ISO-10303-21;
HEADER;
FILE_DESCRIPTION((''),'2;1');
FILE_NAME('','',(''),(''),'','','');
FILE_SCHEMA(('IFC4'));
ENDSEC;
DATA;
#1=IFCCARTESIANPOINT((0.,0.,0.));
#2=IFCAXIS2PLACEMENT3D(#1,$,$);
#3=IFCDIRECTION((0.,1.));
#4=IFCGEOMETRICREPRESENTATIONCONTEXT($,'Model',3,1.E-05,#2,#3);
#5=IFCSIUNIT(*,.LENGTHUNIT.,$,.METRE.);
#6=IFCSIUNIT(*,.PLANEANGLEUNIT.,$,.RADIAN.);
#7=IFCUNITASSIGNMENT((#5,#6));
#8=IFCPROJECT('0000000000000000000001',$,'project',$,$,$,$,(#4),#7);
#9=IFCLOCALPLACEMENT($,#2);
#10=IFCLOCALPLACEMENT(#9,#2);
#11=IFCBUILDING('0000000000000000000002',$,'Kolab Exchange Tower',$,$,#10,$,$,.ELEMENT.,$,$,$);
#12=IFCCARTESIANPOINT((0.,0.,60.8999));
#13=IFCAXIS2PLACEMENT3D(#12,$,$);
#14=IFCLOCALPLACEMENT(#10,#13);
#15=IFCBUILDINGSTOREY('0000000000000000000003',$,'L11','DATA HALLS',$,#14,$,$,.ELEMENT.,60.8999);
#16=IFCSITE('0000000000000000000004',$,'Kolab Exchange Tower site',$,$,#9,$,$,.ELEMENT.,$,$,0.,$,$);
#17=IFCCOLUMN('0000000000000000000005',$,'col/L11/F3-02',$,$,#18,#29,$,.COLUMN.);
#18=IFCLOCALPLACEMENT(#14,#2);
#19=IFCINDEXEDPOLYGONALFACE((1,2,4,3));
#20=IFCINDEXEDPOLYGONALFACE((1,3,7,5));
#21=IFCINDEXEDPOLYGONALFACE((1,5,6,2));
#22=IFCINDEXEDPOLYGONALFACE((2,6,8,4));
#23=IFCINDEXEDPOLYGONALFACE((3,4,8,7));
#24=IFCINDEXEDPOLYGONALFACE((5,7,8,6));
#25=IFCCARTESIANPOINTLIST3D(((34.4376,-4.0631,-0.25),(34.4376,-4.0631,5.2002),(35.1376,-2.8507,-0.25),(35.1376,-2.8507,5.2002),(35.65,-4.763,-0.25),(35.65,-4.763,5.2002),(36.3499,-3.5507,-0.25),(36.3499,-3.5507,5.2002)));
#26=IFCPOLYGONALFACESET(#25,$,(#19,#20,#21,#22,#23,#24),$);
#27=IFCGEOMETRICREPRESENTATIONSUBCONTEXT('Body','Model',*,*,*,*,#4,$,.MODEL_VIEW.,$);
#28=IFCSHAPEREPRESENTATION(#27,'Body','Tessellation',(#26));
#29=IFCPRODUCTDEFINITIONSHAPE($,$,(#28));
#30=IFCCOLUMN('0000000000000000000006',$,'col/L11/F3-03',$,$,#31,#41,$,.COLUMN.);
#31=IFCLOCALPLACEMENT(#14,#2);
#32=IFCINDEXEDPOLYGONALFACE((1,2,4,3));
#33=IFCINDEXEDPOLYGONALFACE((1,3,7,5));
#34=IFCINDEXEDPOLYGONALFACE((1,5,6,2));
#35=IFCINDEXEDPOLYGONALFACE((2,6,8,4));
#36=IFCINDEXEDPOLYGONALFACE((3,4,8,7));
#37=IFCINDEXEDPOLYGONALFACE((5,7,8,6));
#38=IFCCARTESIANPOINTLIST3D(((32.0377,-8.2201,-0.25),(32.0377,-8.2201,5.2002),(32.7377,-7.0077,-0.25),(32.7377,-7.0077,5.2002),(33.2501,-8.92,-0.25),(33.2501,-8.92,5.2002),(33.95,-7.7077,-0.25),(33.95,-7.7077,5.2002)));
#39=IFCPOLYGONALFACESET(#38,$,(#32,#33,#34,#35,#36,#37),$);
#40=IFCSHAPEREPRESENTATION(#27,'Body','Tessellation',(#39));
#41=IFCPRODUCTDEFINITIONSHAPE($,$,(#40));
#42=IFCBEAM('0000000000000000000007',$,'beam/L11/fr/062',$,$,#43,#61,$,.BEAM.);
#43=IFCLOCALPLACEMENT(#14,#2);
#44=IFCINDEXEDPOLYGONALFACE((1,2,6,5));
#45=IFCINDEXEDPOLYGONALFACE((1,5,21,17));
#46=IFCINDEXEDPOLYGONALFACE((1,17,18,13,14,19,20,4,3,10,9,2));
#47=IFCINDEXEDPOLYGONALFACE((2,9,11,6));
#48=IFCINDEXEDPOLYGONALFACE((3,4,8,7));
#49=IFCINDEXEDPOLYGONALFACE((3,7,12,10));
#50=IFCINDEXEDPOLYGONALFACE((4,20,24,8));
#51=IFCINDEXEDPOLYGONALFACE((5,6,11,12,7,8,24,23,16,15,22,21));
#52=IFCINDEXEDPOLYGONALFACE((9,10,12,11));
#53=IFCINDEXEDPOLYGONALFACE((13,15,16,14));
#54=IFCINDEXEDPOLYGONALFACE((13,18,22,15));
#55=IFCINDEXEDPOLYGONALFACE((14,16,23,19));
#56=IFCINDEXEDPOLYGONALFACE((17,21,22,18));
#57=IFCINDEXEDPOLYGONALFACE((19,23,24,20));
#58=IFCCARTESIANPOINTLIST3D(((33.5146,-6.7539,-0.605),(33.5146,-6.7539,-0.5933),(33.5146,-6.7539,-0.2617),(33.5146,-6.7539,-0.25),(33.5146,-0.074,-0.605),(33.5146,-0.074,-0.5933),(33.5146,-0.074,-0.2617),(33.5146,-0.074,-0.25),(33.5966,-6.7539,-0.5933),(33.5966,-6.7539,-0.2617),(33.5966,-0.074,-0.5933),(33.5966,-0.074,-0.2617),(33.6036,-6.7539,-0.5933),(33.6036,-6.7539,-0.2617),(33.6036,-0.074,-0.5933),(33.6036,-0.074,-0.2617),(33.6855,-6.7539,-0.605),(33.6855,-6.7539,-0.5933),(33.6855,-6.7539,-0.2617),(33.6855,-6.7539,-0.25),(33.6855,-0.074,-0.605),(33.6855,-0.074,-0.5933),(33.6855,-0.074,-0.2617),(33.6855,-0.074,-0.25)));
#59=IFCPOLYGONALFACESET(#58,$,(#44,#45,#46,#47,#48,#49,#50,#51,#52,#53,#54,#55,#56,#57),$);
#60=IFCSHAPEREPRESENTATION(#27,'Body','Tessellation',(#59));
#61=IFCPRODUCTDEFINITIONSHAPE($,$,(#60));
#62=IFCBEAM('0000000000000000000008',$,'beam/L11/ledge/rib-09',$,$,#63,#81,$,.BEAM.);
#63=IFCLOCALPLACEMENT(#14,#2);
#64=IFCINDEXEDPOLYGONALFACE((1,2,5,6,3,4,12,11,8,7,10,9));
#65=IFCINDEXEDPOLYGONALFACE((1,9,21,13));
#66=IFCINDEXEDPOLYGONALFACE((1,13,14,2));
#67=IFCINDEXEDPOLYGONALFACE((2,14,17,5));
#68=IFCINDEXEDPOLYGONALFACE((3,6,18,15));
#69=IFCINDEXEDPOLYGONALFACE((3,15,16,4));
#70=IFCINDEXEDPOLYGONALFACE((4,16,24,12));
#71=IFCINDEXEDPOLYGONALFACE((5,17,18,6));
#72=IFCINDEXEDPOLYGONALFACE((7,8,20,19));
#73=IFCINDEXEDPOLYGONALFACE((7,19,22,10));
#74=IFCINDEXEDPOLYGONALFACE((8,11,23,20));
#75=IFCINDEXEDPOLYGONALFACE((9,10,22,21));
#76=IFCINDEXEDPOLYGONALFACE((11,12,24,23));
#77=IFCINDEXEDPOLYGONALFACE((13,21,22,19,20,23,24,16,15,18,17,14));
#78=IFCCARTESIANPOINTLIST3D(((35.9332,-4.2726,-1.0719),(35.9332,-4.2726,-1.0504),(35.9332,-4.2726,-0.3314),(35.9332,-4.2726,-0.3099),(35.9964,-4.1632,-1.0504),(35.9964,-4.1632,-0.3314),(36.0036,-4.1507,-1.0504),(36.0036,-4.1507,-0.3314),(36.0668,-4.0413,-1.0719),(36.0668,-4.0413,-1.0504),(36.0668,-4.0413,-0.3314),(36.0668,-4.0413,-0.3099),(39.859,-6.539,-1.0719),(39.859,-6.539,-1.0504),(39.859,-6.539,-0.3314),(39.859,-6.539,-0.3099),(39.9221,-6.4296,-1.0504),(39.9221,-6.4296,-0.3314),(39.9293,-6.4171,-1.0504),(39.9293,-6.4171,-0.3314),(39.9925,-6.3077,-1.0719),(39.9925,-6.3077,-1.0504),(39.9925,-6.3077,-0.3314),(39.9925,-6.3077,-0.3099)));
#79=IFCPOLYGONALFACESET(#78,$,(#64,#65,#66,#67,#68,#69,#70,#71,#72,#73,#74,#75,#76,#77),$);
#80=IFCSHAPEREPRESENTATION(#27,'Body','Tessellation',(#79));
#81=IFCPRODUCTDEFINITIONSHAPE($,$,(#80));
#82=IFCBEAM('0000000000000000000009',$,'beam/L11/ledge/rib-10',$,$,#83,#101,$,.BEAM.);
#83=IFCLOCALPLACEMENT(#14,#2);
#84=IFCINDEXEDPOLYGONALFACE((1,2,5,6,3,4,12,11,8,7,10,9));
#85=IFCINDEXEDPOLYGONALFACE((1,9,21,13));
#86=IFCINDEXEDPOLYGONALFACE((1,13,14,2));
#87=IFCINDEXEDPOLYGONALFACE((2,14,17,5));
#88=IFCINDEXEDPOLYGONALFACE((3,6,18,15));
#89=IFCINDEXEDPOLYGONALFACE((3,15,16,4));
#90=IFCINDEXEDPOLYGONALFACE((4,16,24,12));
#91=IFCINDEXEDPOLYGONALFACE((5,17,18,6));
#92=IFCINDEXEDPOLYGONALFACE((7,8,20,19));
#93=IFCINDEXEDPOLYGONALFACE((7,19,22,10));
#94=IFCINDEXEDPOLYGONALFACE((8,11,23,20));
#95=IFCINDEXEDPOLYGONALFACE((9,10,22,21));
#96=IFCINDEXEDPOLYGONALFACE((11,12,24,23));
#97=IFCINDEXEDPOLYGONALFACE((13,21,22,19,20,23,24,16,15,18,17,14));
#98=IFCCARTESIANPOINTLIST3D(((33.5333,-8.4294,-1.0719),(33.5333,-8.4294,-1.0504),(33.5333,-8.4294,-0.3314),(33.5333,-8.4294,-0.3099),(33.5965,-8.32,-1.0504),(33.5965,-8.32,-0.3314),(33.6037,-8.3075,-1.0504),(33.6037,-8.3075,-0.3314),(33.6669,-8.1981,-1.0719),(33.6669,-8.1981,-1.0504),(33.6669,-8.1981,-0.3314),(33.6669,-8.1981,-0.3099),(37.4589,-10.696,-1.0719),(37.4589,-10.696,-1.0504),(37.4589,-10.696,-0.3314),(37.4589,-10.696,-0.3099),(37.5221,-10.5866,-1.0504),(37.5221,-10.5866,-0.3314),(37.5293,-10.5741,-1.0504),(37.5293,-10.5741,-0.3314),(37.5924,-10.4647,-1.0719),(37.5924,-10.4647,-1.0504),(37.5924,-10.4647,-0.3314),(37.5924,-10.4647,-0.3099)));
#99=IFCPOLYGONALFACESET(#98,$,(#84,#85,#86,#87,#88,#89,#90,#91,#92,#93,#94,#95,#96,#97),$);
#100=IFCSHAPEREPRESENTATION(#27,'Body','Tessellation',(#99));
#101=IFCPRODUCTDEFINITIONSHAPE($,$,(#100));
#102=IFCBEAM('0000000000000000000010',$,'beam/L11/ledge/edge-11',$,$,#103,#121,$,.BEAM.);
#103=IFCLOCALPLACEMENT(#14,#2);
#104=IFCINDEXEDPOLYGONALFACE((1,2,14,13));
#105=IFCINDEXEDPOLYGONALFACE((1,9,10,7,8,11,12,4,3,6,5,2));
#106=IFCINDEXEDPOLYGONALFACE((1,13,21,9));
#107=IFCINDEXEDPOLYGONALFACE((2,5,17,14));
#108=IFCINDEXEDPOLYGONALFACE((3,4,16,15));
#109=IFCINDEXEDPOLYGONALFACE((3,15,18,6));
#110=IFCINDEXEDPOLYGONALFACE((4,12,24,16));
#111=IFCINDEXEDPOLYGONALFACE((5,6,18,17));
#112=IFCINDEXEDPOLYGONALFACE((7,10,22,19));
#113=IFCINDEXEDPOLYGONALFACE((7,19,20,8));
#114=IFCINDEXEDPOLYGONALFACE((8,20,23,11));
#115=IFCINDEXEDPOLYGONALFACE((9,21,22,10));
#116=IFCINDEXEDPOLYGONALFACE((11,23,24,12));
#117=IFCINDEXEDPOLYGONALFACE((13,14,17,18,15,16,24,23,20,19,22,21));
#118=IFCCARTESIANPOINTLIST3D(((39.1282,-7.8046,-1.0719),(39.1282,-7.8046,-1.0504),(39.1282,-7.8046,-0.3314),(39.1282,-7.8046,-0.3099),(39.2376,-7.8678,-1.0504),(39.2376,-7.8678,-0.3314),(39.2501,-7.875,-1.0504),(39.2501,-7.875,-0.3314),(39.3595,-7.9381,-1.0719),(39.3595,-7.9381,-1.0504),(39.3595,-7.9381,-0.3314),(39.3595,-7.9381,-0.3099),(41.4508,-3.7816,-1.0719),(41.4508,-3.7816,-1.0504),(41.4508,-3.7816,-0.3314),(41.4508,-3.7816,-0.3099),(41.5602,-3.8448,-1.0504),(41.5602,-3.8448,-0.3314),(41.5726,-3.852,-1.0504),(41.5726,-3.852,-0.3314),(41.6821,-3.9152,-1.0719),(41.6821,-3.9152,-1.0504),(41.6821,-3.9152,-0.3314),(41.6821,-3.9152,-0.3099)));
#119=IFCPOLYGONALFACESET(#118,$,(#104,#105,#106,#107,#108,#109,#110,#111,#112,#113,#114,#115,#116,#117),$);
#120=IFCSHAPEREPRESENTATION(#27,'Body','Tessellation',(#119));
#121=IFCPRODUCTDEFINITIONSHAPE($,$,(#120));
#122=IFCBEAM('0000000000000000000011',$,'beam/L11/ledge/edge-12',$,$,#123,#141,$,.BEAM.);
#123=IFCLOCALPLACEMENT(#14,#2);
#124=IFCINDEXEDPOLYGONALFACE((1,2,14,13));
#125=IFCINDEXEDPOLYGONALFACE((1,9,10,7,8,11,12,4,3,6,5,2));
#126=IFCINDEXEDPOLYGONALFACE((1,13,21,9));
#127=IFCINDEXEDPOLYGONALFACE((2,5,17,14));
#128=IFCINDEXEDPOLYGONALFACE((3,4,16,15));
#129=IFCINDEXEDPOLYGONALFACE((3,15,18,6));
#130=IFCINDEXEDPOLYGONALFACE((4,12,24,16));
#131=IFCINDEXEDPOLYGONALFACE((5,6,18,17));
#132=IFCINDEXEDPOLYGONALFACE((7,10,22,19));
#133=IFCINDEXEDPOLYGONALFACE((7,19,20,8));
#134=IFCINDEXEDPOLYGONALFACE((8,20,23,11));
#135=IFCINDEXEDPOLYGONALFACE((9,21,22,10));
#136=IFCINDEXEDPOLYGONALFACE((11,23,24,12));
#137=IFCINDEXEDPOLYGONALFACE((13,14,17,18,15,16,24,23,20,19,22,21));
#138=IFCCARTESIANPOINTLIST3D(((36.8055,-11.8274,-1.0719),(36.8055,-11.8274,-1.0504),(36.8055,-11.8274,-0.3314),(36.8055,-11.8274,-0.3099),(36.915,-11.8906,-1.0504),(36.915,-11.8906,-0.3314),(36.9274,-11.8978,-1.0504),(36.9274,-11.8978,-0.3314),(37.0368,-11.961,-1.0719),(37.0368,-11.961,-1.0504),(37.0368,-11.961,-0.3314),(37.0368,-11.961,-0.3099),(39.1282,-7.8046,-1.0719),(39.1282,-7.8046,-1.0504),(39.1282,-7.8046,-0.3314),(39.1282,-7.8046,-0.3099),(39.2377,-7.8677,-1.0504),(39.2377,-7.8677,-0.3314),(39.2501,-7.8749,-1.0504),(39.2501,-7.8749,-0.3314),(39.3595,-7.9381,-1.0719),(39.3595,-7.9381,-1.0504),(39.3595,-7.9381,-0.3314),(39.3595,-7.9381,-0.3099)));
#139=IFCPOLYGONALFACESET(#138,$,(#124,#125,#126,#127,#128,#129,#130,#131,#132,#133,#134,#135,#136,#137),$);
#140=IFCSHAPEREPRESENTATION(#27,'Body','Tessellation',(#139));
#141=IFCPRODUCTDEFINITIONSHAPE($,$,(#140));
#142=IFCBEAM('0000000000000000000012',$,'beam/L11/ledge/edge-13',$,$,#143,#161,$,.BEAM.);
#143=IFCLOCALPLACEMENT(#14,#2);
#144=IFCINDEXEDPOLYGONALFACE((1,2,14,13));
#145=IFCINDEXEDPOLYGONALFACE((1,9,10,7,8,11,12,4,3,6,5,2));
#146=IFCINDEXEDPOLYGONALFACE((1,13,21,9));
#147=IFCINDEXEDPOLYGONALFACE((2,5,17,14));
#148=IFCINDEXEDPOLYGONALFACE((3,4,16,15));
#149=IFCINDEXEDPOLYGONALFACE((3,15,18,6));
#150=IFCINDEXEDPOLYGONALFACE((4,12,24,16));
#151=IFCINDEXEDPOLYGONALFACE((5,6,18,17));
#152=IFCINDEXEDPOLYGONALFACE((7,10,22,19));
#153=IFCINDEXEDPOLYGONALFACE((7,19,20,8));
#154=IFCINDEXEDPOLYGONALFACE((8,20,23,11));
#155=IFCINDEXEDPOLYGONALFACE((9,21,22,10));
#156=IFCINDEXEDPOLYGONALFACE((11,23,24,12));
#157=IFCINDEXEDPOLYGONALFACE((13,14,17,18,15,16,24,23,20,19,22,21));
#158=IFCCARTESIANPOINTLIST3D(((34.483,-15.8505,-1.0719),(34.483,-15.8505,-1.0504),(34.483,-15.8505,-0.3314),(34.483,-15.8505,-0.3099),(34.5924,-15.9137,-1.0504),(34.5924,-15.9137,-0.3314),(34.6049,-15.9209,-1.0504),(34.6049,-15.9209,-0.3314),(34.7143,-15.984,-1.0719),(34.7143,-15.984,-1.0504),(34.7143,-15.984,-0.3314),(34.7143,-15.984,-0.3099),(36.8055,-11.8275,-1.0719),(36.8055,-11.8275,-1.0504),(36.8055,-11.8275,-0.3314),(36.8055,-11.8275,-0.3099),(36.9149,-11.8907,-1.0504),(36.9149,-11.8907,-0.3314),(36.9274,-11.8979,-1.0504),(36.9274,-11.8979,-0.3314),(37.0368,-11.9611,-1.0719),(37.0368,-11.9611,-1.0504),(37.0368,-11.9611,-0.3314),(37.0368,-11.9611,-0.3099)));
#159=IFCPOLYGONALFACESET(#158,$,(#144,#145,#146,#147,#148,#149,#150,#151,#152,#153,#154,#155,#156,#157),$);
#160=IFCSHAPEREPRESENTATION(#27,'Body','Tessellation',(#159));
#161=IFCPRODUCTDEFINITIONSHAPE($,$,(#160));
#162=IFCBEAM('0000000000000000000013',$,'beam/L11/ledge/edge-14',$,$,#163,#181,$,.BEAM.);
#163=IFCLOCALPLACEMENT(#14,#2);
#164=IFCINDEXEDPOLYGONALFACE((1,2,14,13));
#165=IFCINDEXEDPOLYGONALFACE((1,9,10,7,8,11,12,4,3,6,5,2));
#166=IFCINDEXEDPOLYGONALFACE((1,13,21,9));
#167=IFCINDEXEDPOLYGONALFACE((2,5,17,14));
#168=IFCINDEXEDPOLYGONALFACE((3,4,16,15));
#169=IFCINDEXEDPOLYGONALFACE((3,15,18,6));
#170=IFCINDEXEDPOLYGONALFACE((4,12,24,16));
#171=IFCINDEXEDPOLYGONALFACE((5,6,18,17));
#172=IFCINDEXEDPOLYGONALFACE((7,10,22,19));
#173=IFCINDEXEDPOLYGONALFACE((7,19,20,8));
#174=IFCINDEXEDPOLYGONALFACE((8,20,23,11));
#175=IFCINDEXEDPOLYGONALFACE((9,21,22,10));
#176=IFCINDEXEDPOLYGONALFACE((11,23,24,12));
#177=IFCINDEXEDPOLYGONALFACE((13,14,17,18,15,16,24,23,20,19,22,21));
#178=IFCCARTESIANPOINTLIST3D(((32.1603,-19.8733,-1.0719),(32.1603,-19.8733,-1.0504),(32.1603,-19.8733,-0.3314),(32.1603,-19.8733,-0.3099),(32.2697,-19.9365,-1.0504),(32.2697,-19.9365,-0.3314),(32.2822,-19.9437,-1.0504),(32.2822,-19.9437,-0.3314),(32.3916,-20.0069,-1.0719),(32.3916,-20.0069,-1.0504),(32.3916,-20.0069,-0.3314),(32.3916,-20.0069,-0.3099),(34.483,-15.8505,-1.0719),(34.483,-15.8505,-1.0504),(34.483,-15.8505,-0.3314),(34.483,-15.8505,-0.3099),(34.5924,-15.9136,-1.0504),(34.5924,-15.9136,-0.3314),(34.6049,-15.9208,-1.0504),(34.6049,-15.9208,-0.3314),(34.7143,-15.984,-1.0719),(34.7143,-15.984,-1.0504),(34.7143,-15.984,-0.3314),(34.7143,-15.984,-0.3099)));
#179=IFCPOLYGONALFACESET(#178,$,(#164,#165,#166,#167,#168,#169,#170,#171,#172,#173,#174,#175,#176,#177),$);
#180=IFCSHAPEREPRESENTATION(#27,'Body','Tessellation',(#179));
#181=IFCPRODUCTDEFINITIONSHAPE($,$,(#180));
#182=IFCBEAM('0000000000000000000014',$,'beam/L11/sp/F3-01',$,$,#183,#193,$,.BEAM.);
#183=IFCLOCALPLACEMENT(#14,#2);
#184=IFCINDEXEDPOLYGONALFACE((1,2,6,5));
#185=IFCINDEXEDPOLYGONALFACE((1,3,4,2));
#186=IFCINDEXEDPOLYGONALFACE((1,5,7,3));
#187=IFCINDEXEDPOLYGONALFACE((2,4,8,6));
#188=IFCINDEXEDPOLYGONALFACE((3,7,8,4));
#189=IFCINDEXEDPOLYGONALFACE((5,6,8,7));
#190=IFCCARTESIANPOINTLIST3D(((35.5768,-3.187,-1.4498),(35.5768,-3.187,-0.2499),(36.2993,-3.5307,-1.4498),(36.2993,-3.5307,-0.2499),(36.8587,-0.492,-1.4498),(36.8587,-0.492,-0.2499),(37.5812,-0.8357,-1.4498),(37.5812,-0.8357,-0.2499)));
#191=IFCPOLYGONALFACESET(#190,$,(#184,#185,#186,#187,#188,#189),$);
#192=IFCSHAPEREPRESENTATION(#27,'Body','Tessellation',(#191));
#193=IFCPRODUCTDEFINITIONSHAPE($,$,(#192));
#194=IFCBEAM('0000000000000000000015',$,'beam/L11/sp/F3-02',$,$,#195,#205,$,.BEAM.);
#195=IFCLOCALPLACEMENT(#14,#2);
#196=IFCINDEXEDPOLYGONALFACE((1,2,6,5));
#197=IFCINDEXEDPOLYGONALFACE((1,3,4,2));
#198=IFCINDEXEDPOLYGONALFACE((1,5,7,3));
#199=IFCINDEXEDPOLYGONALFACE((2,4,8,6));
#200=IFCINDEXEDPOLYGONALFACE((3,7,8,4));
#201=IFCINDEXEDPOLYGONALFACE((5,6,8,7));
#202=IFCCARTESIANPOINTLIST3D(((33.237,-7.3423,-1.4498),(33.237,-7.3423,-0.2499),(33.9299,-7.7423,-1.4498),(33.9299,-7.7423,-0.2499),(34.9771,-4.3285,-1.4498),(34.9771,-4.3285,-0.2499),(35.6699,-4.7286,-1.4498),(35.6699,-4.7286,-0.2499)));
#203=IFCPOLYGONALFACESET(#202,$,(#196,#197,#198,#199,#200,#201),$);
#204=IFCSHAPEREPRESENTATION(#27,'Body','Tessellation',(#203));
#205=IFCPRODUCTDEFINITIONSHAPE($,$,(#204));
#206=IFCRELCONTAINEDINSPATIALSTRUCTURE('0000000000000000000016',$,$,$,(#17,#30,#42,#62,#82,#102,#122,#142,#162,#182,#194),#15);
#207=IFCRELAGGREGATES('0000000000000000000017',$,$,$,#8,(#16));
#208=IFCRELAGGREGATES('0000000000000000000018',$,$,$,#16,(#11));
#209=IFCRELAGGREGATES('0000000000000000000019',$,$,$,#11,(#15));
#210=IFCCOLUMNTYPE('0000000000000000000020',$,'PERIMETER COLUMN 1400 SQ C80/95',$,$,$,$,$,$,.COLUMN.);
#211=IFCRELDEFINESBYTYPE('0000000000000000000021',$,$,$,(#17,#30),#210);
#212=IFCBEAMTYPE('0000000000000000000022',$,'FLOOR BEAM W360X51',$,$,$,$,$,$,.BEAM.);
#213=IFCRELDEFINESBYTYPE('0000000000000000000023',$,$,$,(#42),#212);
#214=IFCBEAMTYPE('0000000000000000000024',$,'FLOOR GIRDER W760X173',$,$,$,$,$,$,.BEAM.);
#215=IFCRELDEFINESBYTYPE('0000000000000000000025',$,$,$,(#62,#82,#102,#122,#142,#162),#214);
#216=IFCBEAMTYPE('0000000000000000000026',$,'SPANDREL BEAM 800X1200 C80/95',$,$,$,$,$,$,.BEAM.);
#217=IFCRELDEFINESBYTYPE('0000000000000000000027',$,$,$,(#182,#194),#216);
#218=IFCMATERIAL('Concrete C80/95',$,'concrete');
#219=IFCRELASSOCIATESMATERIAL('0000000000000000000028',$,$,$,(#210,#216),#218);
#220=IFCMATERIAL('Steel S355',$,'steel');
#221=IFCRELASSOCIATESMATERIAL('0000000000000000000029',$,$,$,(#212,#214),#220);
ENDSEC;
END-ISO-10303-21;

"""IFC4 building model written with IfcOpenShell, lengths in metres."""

from ifc_helpers import new_model, si_unit, direction, frame, origin, origin_2d, place, context, subcontext, project, spatial, rectangle, i_section, extrude, material, material_profile, profile_set, type_object, element, save


model = new_model("IFC4")

# Units and contexts
model_context = context("Model", 3, precision=1e-05, world=origin(), true_north=direction((0.0, 1.0)))
body_context = subcontext(model_context, "Body", "Model", "MODEL_VIEW")
ifc_project = project(units=[si_unit("LENGTHUNIT", "METRE"), si_unit("PLANEANGLEUNIT", "RADIAN")], contexts=[model_context])

# Site, building, storey
site_placement = place(None, origin())
site = spatial("IfcSite", under=ifc_project, at=site_placement, Name="Kolab Exchange Tower site", CompositionType="ELEMENT", RefElevation=0.0)
building_placement = place(site_placement, origin())
building = spatial("IfcBuilding", under=site, at=building_placement, Name="Kolab Exchange Tower", CompositionType="ELEMENT")
storey_placement = place(building_placement, frame((0.0, 0.0, 60.8999)))
storey = spatial("IfcBuildingStorey", under=building, at=storey_placement, Name="L11", Description="DATA HALLS", CompositionType="ELEMENT", Elevation=60.8999)

# Columns
ifc_material_1 = material(Name="Concrete C80/95", Category="concrete")
ifc_material_profile_1 = material_profile(ifc_material_1, rectangle(XDim=1.3999, YDim=1.3999, at=origin_2d()), Name="RC1400")
ifc_profile_set_1 = profile_set([ifc_material_profile_1], Name="Concrete C80/95")
column_type = type_object("IfcColumnType", Name="PERIMETER COLUMN 1400 SQ C80/95", PredefinedType="COLUMN", material=ifc_profile_set_1)
for number, where, z_axis, x_axis, name in (
    (1, (35.3938, -3.8069, -0.25), (0.0, 0.0, 1.0), (0.5, 0.866025, 0.0), "col/L11/F3-02"),
    (2, (32.9939, -7.9639, -0.25), (0.0, 0.0, 1.0), (0.5, 0.866025, 0.0), "col/L11/F3-03"),
):
    element("IfcColumn", number, at=place(storey_placement, frame(where, z_axis=z_axis, x_axis=x_axis)), inside=storey, type_object=column_type, Name=name, PredefinedType="COLUMN", context=body_context, shape_type="SweptSolid", body=[
        extrude(rectangle(XDim=1.3999, YDim=1.3999, at=origin_2d()), origin(), (0.0, 0.0, 1.0), 5.4502),
    ])

# Beams
ifc_material_2 = material(Name="Steel S355", Category="steel")
ifc_material_profile_2 = material_profile(ifc_material_2, i_section(OverallWidth=0.1709, OverallDepth=0.355, WebThickness=0.0071, FlangeThickness=0.0117, at=origin_2d()), Name="W360X51")
ifc_profile_set_2 = profile_set([ifc_material_profile_2], Name="Steel S355")
beam_type_1 = type_object("IfcBeamType", Name="FLOOR BEAM W360X51", PredefinedType="BEAM", material=ifc_profile_set_2)
beam_1_placement = place(storey_placement, frame((33.6001, -6.7539, -0.4275), z_axis=(0.0, 1.0, 0.0), x_axis=(-1.0, 0.0, 0.0)))
element("IfcBeam", 3, at=beam_1_placement, inside=storey, type_object=beam_type_1, Name="beam/L11/fr/062", PredefinedType="BEAM", context=body_context, shape_type="SweptSolid", body=[
    extrude(i_section(OverallWidth=0.1709, OverallDepth=0.355, WebThickness=0.0071, FlangeThickness=0.0117, at=origin_2d()), origin(), (0.0, 0.0, 1.0), 6.6799),
])
ifc_material_profile_3 = material_profile(ifc_material_2, i_section(OverallWidth=0.2671, OverallDepth=0.762, WebThickness=0.0144, FlangeThickness=0.0215, at=origin_2d()), Name="W760X173")
ifc_profile_set_3 = profile_set([ifc_material_profile_3], Name="Steel S355")
beam_type_2 = type_object("IfcBeamType", Name="FLOOR GIRDER W760X173", PredefinedType="BEAM", material=ifc_profile_set_3)
for number, where, z_axis, x_axis, name in (
    (4, (36.0, -4.157, -0.6909), (0.866044, -0.499968, 0.0), (0.499968, 0.866044, 0.0), "beam/L11/ledge/rib-09"),
    (5, (33.6001, -8.3137, -0.6909), (0.866007, -0.500032, 0.0), (0.500032, 0.866007, 0.0), "beam/L11/ledge/rib-10"),
):
    element("IfcBeam", number, at=place(storey_placement, frame(where, z_axis=z_axis, x_axis=x_axis)), inside=storey, type_object=beam_type_2, Name=name, PredefinedType="BEAM", context=body_context, shape_type="SweptSolid", body=[
        extrude(i_section(OverallWidth=0.2671, OverallDepth=0.762, WebThickness=0.0144, FlangeThickness=0.0215, at=origin_2d()), origin(), (0.0, 0.0, 1.0), 4.533),
    ])
for number, where, z_axis, x_axis, name in (
    (6, (41.5664, -3.8484, -0.6909), (-0.499977, -0.866039, 0.0), (0.866039, -0.499977, 0.0), "beam/L11/ledge/edge-11"),
    (7, (39.2439, -7.8713, -0.6909), (-0.500017, -0.866016, 0.0), (0.866016, -0.500017, 0.0), "beam/L11/ledge/edge-12"),
    (8, (36.9211, -11.8943, -0.6909), (-0.499977, -0.866039, 0.0), (0.866039, -0.499977, 0.0), "beam/L11/ledge/edge-13"),
    (9, (34.5986, -15.9172, -0.6909), (-0.500017, -0.866016, 0.0), (0.866016, -0.500017, 0.0), "beam/L11/ledge/edge-14"),
):
    element("IfcBeam", number, at=place(storey_placement, frame(where, z_axis=z_axis, x_axis=x_axis)), inside=storey, type_object=beam_type_2, Name=name, PredefinedType="BEAM", context=body_context, shape_type="SweptSolid", body=[
        extrude(i_section(OverallWidth=0.2671, OverallDepth=0.762, WebThickness=0.0144, FlangeThickness=0.0215, at=origin_2d()), origin(), (0.0, 0.0, 1.0), 4.6453),
    ])
ifc_material_profile_4 = material_profile(ifc_material_1, rectangle(XDim=0.8, YDim=1.2, at=origin_2d()), Name="RC800X1200")
ifc_profile_set_4 = profile_set([ifc_material_profile_4], Name="Concrete C80/95")
beam_type_3 = type_object("IfcBeamType", Name="SPANDREL BEAM 800X1200 C80/95", PredefinedType="BEAM", material=ifc_profile_set_4)
beam_2_placement = place(storey_placement, frame((37.22, -0.6638, -0.8499), z_axis=(-0.429556, -0.90304, 0.0), x_axis=(0.90304, -0.429556, 0.0)))
element("IfcBeam", 10, at=beam_2_placement, inside=storey, type_object=beam_type_3, Name="beam/L11/sp/F3-01", PredefinedType="BEAM", context=body_context, shape_type="SweptSolid", body=[
    extrude(rectangle(XDim=0.8, YDim=1.2, at=origin_2d()), origin(), (0.0, 0.0, 1.0), 2.9844),
])
beam_3_placement = place(storey_placement, frame((35.3235, -4.5286, -0.8499), z_axis=(-0.50001, -0.86602, 0.0), x_axis=(0.86602, -0.50001, 0.0)))
element("IfcBeam", 11, at=beam_3_placement, inside=storey, type_object=beam_type_3, Name="beam/L11/sp/F3-02", PredefinedType="BEAM", context=body_context, shape_type="SweptSolid", body=[
    extrude(rectangle(XDim=0.8, YDim=1.2, at=origin_2d()), origin(), (0.0, 0.0, 1.0), 3.48),
])

save(model, "model.ifc")
